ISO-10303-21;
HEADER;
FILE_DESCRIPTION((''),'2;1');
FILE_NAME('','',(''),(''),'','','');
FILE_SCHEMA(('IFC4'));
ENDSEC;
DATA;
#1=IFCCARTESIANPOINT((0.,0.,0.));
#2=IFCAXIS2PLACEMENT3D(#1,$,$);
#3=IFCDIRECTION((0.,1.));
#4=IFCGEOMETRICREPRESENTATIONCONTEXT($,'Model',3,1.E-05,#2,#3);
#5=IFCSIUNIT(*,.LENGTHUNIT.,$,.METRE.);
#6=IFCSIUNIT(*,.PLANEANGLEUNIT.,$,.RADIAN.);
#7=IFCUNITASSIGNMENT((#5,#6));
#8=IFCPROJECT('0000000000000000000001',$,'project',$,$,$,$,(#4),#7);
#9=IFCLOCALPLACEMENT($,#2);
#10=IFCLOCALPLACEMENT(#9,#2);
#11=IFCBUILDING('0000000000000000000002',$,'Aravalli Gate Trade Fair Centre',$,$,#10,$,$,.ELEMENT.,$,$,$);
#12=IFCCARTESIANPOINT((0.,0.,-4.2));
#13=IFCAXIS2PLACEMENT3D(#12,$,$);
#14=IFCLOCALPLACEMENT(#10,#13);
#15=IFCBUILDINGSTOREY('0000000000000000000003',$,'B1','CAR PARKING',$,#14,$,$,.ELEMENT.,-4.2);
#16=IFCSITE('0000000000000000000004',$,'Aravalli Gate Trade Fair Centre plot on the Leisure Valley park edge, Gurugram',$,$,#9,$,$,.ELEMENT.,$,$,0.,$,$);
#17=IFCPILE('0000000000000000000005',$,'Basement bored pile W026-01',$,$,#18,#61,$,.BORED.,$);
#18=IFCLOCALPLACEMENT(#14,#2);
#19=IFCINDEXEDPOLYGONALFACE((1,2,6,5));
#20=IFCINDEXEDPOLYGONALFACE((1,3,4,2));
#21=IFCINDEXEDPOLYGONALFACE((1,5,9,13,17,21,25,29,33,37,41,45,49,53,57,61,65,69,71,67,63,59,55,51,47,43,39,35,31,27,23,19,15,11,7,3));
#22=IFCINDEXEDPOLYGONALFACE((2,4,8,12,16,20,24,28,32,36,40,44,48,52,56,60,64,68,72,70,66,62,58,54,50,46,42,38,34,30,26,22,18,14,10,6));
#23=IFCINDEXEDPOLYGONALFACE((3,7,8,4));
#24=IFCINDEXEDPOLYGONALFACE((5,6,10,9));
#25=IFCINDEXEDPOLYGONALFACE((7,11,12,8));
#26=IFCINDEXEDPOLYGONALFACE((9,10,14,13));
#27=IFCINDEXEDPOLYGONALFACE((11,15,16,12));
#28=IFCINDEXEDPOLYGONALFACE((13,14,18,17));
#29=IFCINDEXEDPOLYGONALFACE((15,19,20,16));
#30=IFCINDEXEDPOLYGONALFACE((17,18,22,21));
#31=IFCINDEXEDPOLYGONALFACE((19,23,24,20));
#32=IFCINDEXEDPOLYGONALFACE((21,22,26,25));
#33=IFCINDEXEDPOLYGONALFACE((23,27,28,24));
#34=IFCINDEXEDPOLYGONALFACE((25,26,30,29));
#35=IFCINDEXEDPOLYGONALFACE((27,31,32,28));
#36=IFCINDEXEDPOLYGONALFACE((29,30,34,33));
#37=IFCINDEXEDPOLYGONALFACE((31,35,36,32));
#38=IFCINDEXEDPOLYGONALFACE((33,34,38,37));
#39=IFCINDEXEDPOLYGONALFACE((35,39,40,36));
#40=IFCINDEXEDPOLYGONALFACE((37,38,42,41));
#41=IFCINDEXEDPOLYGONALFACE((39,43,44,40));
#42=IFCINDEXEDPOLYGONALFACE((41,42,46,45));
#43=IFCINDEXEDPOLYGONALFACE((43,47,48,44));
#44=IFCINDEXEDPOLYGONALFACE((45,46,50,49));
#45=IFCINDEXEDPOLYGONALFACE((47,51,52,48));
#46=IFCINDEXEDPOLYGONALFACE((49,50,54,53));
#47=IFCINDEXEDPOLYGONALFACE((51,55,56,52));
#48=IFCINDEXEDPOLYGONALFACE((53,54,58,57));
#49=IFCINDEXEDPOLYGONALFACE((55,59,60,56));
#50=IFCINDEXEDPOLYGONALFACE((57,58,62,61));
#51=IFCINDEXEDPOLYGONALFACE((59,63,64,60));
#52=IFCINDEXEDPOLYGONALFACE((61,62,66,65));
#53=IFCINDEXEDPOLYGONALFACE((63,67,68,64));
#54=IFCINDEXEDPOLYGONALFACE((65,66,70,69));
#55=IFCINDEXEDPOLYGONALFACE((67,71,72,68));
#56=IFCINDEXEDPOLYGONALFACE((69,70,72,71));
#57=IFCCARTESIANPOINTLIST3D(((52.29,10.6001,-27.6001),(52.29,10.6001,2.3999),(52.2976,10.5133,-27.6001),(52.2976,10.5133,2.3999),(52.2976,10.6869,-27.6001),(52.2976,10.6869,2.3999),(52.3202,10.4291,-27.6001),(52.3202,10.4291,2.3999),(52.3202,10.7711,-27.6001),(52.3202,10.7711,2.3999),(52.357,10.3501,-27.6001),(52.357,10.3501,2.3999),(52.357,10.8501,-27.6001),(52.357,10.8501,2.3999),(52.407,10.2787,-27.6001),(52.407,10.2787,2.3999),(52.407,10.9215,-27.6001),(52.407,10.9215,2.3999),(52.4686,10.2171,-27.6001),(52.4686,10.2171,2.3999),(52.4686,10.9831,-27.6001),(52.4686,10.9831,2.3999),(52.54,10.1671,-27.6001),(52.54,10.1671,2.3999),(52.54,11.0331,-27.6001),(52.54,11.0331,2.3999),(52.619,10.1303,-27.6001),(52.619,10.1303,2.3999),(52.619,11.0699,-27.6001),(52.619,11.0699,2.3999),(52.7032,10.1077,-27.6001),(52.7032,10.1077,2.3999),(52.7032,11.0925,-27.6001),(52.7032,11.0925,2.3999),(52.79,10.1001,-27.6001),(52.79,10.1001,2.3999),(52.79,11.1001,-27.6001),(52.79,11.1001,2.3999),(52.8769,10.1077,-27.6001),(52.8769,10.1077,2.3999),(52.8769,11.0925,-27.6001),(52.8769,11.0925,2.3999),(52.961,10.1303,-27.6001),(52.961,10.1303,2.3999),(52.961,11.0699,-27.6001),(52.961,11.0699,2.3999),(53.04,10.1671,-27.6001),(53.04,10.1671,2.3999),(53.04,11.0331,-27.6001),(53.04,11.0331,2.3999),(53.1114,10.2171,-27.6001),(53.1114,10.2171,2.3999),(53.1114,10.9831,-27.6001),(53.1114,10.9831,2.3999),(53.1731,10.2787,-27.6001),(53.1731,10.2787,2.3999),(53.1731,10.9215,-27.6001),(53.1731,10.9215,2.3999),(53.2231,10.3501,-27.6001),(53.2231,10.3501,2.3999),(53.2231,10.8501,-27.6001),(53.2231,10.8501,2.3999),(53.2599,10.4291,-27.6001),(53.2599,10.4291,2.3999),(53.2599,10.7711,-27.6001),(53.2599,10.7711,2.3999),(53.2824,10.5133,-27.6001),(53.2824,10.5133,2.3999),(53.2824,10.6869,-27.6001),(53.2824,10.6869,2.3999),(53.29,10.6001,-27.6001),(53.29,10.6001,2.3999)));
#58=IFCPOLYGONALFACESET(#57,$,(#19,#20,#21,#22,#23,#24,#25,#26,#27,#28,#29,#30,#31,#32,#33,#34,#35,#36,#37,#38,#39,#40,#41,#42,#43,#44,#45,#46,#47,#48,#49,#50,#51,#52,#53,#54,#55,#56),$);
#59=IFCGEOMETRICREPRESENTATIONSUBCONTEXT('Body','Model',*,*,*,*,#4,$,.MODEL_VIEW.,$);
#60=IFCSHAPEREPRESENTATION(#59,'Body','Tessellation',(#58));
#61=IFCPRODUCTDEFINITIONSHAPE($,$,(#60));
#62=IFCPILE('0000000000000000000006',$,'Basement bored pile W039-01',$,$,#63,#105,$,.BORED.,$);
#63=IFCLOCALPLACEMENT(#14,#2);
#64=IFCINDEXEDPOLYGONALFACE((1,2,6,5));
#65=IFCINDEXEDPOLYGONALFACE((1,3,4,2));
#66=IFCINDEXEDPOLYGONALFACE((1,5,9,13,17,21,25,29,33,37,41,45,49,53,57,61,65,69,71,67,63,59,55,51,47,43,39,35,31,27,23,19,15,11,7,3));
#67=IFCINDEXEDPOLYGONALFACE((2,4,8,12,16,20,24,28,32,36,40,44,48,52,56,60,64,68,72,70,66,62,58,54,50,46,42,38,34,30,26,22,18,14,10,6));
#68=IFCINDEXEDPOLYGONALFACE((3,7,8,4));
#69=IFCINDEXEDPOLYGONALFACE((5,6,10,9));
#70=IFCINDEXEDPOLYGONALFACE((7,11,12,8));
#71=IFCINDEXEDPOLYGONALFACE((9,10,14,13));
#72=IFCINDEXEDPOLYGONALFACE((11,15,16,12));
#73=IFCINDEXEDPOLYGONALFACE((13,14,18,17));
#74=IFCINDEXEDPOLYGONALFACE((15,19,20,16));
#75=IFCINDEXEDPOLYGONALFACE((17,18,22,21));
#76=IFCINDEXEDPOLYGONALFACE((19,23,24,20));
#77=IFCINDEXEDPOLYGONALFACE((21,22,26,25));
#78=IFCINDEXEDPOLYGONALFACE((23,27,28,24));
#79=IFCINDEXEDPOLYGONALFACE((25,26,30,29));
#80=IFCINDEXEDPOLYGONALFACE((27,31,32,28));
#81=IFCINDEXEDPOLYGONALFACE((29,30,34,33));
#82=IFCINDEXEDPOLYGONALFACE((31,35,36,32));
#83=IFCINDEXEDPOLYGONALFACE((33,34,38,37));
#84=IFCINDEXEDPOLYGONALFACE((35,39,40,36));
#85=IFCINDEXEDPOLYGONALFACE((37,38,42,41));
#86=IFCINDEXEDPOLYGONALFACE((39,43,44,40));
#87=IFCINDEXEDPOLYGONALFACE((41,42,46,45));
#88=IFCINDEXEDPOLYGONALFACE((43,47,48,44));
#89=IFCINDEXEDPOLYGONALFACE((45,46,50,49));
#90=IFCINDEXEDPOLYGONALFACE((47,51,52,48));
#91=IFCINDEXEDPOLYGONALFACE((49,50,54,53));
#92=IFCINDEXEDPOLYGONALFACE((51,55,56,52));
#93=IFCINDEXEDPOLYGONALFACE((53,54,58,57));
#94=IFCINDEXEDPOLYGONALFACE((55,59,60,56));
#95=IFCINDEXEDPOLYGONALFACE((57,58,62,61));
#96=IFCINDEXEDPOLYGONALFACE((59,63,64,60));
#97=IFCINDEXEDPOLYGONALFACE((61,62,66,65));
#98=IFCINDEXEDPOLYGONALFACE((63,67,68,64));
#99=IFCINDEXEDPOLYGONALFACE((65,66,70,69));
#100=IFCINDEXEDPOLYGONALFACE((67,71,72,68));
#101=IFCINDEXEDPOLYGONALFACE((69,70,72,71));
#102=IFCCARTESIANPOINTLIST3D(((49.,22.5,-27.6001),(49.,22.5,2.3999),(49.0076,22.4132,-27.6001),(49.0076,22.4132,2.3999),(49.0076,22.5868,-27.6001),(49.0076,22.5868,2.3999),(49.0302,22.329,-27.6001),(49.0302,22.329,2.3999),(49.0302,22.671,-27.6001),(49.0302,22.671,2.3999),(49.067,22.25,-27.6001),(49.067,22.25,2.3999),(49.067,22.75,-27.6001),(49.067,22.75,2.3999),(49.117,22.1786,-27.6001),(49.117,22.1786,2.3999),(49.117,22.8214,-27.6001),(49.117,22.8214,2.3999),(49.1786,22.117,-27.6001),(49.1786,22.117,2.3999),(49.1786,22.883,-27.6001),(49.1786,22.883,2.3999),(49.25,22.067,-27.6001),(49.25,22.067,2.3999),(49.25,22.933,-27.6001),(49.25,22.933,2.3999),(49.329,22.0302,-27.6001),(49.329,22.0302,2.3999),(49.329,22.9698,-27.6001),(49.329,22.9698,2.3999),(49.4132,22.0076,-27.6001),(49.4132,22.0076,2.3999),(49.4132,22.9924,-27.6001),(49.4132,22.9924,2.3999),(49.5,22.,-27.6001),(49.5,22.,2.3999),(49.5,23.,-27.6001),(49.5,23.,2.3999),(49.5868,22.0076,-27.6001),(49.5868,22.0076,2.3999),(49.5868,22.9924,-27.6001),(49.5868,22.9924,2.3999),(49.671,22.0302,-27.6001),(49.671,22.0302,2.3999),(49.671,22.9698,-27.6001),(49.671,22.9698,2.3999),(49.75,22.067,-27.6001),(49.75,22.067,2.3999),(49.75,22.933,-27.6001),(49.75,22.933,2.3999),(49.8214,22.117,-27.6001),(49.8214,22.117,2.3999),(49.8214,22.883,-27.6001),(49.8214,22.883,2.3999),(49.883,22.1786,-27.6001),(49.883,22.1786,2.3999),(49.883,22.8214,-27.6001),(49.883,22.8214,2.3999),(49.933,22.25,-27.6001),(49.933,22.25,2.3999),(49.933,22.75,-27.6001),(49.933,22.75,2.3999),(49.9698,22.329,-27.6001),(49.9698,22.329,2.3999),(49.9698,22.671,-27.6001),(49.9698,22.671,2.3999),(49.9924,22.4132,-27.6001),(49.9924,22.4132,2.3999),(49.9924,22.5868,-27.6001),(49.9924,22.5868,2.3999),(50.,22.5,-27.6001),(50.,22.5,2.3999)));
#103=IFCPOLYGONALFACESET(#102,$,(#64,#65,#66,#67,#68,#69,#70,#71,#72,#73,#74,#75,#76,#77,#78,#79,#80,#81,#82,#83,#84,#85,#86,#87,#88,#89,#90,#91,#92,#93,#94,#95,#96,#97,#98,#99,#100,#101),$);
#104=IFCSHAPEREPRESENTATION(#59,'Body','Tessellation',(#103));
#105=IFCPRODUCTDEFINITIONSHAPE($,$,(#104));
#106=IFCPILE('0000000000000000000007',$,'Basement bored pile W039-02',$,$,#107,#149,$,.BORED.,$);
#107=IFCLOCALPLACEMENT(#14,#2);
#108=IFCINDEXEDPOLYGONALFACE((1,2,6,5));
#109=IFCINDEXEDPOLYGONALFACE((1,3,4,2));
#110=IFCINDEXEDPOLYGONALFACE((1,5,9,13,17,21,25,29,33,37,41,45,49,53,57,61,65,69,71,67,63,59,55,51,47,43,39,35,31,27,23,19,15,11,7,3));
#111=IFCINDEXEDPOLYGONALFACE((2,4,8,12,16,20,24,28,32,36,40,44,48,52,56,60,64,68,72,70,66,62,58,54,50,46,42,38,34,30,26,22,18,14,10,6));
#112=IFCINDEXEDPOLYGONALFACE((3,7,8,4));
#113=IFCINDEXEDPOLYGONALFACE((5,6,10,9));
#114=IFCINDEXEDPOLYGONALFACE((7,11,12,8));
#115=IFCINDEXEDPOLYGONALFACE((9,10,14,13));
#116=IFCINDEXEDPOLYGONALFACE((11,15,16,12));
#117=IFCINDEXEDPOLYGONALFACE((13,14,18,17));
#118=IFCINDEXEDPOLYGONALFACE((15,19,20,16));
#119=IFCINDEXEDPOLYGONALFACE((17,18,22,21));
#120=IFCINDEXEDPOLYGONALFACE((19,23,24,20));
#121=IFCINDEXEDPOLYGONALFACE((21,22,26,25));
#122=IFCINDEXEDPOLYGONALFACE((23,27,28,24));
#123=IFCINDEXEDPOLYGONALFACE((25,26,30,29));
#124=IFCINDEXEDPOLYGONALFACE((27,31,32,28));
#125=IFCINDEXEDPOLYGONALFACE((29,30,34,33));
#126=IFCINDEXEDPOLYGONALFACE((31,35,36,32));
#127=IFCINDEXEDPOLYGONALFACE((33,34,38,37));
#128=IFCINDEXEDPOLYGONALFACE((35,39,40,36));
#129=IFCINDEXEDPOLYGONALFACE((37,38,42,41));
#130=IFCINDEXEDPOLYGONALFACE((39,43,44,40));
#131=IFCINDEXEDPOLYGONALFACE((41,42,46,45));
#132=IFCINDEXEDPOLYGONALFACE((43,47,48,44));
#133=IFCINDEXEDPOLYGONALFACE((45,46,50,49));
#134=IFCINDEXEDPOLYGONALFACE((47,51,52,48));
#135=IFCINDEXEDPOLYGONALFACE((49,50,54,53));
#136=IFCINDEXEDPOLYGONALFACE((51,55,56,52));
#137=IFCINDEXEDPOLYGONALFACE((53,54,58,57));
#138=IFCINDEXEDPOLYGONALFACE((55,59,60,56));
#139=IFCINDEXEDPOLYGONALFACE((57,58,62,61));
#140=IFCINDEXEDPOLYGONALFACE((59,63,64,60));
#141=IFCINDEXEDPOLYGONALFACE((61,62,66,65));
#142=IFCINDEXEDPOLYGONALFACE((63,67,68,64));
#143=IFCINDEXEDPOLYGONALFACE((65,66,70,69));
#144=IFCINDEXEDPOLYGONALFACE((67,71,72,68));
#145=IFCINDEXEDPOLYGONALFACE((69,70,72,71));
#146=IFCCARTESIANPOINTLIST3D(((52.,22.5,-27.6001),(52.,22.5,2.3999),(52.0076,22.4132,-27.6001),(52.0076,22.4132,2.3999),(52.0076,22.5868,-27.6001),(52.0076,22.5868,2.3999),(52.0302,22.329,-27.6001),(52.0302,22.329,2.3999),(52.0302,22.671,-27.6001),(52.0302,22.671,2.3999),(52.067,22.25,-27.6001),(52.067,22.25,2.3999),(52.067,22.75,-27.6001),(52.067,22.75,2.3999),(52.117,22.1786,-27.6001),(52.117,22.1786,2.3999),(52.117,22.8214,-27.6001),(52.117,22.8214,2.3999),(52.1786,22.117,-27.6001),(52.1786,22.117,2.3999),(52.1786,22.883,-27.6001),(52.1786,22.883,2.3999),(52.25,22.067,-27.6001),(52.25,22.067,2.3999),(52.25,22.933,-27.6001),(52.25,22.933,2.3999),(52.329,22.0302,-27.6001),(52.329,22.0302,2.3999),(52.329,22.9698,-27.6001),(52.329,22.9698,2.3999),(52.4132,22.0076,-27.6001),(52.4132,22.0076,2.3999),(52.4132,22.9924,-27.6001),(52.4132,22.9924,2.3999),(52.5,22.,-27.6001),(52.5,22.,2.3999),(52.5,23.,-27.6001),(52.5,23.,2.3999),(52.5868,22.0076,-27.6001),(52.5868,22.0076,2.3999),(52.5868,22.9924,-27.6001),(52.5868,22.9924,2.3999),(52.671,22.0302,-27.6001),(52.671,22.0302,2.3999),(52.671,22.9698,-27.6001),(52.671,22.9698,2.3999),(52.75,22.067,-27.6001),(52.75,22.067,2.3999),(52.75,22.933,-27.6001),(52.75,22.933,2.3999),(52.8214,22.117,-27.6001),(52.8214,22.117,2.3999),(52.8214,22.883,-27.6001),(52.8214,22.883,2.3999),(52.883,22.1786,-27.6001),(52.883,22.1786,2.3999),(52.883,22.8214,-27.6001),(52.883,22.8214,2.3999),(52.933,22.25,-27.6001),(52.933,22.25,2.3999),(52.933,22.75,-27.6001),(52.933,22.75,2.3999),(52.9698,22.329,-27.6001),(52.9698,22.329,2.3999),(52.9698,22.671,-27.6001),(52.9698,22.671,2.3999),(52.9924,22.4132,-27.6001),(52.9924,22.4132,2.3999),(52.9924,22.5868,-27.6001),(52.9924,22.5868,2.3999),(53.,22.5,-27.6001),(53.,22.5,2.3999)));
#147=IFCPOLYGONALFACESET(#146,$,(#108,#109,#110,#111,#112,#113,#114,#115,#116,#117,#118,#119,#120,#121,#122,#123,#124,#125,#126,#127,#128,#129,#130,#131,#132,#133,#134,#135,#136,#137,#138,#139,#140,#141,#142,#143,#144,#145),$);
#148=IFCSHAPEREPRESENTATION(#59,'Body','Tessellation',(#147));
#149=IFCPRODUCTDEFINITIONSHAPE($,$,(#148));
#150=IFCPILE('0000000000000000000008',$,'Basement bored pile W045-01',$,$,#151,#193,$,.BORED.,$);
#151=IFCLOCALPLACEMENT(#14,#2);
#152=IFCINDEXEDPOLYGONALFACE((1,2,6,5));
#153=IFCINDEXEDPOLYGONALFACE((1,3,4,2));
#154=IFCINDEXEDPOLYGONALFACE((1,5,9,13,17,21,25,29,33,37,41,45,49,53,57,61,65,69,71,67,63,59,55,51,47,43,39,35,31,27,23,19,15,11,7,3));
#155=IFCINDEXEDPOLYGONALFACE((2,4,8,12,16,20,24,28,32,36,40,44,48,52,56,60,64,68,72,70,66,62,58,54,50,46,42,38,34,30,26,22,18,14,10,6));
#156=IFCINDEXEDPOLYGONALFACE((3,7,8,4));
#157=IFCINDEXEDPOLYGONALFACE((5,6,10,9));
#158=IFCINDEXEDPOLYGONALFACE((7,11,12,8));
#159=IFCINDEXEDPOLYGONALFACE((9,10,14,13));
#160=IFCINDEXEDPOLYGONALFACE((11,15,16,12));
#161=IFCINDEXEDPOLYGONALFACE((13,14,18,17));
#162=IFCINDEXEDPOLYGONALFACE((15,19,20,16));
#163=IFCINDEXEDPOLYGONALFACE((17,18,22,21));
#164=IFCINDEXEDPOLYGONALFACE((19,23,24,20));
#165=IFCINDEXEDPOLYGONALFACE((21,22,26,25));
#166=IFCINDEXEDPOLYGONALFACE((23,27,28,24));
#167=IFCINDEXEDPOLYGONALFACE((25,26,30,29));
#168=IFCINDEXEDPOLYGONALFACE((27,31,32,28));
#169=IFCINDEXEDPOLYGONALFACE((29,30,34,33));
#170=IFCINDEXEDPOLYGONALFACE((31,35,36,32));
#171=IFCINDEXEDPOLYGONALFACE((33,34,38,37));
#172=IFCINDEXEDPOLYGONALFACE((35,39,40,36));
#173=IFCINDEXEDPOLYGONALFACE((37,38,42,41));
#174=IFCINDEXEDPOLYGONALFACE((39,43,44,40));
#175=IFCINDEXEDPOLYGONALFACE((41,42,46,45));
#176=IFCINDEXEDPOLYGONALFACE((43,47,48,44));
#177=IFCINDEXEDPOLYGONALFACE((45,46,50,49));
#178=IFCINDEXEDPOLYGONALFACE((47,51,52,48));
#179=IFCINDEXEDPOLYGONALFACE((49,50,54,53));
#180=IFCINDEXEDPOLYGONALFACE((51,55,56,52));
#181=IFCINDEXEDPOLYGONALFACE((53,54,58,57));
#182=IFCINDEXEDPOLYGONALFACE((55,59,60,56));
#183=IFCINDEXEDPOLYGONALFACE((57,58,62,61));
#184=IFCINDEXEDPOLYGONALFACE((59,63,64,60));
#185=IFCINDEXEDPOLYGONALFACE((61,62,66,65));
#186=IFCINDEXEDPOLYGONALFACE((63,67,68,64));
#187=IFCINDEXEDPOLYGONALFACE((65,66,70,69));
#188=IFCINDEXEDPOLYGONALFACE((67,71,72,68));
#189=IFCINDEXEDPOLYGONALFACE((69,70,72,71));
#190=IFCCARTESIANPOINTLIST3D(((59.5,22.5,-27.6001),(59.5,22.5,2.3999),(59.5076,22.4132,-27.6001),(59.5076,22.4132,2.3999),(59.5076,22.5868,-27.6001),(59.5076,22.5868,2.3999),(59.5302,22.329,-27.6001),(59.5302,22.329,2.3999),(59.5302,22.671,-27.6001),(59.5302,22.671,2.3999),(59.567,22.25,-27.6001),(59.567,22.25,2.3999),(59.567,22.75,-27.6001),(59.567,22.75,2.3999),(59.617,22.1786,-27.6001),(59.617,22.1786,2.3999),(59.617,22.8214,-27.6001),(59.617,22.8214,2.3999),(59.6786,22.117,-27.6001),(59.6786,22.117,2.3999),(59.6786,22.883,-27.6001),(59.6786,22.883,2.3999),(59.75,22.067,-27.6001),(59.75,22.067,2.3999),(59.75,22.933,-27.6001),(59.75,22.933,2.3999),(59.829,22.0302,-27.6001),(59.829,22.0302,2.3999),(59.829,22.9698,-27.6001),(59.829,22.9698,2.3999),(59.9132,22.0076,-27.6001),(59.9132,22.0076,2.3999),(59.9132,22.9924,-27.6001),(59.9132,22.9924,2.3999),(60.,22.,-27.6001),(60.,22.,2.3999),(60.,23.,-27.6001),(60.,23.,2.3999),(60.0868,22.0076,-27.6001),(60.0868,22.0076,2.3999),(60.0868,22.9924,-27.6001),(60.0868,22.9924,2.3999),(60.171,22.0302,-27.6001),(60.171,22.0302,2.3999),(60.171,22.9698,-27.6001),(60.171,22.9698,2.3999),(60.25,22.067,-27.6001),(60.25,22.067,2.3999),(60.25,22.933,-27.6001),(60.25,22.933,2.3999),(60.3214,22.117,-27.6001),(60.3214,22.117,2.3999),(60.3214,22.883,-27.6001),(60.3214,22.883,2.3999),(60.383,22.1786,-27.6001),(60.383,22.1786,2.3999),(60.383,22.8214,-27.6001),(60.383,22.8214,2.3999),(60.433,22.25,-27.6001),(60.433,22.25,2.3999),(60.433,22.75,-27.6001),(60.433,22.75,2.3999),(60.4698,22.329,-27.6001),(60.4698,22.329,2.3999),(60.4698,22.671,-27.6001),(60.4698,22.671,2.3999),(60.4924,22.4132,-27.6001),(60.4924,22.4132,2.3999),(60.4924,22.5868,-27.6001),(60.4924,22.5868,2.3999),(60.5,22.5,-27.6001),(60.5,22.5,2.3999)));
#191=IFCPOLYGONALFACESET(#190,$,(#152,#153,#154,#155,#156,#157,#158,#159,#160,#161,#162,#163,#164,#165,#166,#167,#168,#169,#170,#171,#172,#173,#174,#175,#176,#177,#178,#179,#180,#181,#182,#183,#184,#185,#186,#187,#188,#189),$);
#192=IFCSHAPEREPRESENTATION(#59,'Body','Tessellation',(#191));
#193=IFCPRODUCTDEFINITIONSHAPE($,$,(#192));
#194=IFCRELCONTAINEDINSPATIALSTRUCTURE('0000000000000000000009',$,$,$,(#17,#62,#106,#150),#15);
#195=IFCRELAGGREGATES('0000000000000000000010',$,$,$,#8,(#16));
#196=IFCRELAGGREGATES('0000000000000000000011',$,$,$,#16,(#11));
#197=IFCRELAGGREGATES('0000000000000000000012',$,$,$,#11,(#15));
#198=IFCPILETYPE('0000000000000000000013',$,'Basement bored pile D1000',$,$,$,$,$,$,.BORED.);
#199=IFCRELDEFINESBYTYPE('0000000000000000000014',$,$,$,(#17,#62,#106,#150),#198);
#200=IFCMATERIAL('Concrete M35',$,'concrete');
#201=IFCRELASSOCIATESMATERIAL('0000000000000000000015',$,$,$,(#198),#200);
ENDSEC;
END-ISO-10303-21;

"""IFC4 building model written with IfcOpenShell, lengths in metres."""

from ifc_helpers import new_model, si_unit, direction, frame, origin, origin_2d, place, context, subcontext, project, spatial, circle, extrude, material, material_profile, profile_set, type_object, element, save


model = new_model("IFC4")

# Units and contexts
model_context = context("Model", 3, precision=1e-05, world=origin(), true_north=direction((0.0, 1.0)))
body_context = subcontext(model_context, "Body", "Model", "MODEL_VIEW")
ifc_project = project(units=[si_unit("LENGTHUNIT", "METRE"), si_unit("PLANEANGLEUNIT", "RADIAN")], contexts=[model_context])

# Site, building, storey
site_placement = place(None, origin())
site = spatial("IfcSite", under=ifc_project, at=site_placement, Name="Aravalli Gate Trade Fair Centre plot on the Leisure Valley park edge, Gurugram", CompositionType="ELEMENT", RefElevation=0.0)
building_placement = place(site_placement, origin())
building = spatial("IfcBuilding", under=site, at=building_placement, Name="Aravalli Gate Trade Fair Centre", CompositionType="ELEMENT")
storey_placement = place(building_placement, frame((0.0, 0.0, -4.2)))
storey = spatial("IfcBuildingStorey", under=building, at=storey_placement, Name="B1", Description="CAR PARKING", CompositionType="ELEMENT", Elevation=-4.2)

# Piles
ifc_material_1 = material(Name="Concrete M35", Category="concrete")
ifc_material_profile = material_profile(ifc_material_1, circle(Radius=0.5, at=origin_2d()), Name="D1000")
ifc_profile_set = profile_set([ifc_material_profile], Name="Concrete M35")
pile_type = type_object("IfcPileType", Name="Basement bored pile D1000", PredefinedType="BORED", material=ifc_profile_set)
for number, where, z_axis, x_axis, name in (
    (1, (52.79, 10.6001, 2.3999), (0.0, 0.0, -1.0), (1.0, 0.0, 0.0), "Basement bored pile W026-01"),
    (2, (49.5, 22.5, 2.3999), (0.0, 0.0, -1.0), (1.0, 0.0, 0.0), "Basement bored pile W039-01"),
    (3, (52.5, 22.5, 2.3999), (0.0, 0.0, -1.0), (1.0, 0.0, 0.0), "Basement bored pile W039-02"),
    (4, (60.0, 22.5, 2.3999), (0.0, 0.0, -1.0), (1.0, 0.0, 0.0), "Basement bored pile W045-01"),
):
    element("IfcPile", number, at=place(storey_placement, frame(where, z_axis=z_axis, x_axis=x_axis)), inside=storey, type_object=pile_type, Name=name, PredefinedType="BORED", context=body_context, shape_type="SweptSolid", body=[
        extrude(circle(Radius=0.5, at=origin_2d()), origin(), (0.0, 0.0, 1.0), 30.0),
    ])

save(model, "model.ifc")
